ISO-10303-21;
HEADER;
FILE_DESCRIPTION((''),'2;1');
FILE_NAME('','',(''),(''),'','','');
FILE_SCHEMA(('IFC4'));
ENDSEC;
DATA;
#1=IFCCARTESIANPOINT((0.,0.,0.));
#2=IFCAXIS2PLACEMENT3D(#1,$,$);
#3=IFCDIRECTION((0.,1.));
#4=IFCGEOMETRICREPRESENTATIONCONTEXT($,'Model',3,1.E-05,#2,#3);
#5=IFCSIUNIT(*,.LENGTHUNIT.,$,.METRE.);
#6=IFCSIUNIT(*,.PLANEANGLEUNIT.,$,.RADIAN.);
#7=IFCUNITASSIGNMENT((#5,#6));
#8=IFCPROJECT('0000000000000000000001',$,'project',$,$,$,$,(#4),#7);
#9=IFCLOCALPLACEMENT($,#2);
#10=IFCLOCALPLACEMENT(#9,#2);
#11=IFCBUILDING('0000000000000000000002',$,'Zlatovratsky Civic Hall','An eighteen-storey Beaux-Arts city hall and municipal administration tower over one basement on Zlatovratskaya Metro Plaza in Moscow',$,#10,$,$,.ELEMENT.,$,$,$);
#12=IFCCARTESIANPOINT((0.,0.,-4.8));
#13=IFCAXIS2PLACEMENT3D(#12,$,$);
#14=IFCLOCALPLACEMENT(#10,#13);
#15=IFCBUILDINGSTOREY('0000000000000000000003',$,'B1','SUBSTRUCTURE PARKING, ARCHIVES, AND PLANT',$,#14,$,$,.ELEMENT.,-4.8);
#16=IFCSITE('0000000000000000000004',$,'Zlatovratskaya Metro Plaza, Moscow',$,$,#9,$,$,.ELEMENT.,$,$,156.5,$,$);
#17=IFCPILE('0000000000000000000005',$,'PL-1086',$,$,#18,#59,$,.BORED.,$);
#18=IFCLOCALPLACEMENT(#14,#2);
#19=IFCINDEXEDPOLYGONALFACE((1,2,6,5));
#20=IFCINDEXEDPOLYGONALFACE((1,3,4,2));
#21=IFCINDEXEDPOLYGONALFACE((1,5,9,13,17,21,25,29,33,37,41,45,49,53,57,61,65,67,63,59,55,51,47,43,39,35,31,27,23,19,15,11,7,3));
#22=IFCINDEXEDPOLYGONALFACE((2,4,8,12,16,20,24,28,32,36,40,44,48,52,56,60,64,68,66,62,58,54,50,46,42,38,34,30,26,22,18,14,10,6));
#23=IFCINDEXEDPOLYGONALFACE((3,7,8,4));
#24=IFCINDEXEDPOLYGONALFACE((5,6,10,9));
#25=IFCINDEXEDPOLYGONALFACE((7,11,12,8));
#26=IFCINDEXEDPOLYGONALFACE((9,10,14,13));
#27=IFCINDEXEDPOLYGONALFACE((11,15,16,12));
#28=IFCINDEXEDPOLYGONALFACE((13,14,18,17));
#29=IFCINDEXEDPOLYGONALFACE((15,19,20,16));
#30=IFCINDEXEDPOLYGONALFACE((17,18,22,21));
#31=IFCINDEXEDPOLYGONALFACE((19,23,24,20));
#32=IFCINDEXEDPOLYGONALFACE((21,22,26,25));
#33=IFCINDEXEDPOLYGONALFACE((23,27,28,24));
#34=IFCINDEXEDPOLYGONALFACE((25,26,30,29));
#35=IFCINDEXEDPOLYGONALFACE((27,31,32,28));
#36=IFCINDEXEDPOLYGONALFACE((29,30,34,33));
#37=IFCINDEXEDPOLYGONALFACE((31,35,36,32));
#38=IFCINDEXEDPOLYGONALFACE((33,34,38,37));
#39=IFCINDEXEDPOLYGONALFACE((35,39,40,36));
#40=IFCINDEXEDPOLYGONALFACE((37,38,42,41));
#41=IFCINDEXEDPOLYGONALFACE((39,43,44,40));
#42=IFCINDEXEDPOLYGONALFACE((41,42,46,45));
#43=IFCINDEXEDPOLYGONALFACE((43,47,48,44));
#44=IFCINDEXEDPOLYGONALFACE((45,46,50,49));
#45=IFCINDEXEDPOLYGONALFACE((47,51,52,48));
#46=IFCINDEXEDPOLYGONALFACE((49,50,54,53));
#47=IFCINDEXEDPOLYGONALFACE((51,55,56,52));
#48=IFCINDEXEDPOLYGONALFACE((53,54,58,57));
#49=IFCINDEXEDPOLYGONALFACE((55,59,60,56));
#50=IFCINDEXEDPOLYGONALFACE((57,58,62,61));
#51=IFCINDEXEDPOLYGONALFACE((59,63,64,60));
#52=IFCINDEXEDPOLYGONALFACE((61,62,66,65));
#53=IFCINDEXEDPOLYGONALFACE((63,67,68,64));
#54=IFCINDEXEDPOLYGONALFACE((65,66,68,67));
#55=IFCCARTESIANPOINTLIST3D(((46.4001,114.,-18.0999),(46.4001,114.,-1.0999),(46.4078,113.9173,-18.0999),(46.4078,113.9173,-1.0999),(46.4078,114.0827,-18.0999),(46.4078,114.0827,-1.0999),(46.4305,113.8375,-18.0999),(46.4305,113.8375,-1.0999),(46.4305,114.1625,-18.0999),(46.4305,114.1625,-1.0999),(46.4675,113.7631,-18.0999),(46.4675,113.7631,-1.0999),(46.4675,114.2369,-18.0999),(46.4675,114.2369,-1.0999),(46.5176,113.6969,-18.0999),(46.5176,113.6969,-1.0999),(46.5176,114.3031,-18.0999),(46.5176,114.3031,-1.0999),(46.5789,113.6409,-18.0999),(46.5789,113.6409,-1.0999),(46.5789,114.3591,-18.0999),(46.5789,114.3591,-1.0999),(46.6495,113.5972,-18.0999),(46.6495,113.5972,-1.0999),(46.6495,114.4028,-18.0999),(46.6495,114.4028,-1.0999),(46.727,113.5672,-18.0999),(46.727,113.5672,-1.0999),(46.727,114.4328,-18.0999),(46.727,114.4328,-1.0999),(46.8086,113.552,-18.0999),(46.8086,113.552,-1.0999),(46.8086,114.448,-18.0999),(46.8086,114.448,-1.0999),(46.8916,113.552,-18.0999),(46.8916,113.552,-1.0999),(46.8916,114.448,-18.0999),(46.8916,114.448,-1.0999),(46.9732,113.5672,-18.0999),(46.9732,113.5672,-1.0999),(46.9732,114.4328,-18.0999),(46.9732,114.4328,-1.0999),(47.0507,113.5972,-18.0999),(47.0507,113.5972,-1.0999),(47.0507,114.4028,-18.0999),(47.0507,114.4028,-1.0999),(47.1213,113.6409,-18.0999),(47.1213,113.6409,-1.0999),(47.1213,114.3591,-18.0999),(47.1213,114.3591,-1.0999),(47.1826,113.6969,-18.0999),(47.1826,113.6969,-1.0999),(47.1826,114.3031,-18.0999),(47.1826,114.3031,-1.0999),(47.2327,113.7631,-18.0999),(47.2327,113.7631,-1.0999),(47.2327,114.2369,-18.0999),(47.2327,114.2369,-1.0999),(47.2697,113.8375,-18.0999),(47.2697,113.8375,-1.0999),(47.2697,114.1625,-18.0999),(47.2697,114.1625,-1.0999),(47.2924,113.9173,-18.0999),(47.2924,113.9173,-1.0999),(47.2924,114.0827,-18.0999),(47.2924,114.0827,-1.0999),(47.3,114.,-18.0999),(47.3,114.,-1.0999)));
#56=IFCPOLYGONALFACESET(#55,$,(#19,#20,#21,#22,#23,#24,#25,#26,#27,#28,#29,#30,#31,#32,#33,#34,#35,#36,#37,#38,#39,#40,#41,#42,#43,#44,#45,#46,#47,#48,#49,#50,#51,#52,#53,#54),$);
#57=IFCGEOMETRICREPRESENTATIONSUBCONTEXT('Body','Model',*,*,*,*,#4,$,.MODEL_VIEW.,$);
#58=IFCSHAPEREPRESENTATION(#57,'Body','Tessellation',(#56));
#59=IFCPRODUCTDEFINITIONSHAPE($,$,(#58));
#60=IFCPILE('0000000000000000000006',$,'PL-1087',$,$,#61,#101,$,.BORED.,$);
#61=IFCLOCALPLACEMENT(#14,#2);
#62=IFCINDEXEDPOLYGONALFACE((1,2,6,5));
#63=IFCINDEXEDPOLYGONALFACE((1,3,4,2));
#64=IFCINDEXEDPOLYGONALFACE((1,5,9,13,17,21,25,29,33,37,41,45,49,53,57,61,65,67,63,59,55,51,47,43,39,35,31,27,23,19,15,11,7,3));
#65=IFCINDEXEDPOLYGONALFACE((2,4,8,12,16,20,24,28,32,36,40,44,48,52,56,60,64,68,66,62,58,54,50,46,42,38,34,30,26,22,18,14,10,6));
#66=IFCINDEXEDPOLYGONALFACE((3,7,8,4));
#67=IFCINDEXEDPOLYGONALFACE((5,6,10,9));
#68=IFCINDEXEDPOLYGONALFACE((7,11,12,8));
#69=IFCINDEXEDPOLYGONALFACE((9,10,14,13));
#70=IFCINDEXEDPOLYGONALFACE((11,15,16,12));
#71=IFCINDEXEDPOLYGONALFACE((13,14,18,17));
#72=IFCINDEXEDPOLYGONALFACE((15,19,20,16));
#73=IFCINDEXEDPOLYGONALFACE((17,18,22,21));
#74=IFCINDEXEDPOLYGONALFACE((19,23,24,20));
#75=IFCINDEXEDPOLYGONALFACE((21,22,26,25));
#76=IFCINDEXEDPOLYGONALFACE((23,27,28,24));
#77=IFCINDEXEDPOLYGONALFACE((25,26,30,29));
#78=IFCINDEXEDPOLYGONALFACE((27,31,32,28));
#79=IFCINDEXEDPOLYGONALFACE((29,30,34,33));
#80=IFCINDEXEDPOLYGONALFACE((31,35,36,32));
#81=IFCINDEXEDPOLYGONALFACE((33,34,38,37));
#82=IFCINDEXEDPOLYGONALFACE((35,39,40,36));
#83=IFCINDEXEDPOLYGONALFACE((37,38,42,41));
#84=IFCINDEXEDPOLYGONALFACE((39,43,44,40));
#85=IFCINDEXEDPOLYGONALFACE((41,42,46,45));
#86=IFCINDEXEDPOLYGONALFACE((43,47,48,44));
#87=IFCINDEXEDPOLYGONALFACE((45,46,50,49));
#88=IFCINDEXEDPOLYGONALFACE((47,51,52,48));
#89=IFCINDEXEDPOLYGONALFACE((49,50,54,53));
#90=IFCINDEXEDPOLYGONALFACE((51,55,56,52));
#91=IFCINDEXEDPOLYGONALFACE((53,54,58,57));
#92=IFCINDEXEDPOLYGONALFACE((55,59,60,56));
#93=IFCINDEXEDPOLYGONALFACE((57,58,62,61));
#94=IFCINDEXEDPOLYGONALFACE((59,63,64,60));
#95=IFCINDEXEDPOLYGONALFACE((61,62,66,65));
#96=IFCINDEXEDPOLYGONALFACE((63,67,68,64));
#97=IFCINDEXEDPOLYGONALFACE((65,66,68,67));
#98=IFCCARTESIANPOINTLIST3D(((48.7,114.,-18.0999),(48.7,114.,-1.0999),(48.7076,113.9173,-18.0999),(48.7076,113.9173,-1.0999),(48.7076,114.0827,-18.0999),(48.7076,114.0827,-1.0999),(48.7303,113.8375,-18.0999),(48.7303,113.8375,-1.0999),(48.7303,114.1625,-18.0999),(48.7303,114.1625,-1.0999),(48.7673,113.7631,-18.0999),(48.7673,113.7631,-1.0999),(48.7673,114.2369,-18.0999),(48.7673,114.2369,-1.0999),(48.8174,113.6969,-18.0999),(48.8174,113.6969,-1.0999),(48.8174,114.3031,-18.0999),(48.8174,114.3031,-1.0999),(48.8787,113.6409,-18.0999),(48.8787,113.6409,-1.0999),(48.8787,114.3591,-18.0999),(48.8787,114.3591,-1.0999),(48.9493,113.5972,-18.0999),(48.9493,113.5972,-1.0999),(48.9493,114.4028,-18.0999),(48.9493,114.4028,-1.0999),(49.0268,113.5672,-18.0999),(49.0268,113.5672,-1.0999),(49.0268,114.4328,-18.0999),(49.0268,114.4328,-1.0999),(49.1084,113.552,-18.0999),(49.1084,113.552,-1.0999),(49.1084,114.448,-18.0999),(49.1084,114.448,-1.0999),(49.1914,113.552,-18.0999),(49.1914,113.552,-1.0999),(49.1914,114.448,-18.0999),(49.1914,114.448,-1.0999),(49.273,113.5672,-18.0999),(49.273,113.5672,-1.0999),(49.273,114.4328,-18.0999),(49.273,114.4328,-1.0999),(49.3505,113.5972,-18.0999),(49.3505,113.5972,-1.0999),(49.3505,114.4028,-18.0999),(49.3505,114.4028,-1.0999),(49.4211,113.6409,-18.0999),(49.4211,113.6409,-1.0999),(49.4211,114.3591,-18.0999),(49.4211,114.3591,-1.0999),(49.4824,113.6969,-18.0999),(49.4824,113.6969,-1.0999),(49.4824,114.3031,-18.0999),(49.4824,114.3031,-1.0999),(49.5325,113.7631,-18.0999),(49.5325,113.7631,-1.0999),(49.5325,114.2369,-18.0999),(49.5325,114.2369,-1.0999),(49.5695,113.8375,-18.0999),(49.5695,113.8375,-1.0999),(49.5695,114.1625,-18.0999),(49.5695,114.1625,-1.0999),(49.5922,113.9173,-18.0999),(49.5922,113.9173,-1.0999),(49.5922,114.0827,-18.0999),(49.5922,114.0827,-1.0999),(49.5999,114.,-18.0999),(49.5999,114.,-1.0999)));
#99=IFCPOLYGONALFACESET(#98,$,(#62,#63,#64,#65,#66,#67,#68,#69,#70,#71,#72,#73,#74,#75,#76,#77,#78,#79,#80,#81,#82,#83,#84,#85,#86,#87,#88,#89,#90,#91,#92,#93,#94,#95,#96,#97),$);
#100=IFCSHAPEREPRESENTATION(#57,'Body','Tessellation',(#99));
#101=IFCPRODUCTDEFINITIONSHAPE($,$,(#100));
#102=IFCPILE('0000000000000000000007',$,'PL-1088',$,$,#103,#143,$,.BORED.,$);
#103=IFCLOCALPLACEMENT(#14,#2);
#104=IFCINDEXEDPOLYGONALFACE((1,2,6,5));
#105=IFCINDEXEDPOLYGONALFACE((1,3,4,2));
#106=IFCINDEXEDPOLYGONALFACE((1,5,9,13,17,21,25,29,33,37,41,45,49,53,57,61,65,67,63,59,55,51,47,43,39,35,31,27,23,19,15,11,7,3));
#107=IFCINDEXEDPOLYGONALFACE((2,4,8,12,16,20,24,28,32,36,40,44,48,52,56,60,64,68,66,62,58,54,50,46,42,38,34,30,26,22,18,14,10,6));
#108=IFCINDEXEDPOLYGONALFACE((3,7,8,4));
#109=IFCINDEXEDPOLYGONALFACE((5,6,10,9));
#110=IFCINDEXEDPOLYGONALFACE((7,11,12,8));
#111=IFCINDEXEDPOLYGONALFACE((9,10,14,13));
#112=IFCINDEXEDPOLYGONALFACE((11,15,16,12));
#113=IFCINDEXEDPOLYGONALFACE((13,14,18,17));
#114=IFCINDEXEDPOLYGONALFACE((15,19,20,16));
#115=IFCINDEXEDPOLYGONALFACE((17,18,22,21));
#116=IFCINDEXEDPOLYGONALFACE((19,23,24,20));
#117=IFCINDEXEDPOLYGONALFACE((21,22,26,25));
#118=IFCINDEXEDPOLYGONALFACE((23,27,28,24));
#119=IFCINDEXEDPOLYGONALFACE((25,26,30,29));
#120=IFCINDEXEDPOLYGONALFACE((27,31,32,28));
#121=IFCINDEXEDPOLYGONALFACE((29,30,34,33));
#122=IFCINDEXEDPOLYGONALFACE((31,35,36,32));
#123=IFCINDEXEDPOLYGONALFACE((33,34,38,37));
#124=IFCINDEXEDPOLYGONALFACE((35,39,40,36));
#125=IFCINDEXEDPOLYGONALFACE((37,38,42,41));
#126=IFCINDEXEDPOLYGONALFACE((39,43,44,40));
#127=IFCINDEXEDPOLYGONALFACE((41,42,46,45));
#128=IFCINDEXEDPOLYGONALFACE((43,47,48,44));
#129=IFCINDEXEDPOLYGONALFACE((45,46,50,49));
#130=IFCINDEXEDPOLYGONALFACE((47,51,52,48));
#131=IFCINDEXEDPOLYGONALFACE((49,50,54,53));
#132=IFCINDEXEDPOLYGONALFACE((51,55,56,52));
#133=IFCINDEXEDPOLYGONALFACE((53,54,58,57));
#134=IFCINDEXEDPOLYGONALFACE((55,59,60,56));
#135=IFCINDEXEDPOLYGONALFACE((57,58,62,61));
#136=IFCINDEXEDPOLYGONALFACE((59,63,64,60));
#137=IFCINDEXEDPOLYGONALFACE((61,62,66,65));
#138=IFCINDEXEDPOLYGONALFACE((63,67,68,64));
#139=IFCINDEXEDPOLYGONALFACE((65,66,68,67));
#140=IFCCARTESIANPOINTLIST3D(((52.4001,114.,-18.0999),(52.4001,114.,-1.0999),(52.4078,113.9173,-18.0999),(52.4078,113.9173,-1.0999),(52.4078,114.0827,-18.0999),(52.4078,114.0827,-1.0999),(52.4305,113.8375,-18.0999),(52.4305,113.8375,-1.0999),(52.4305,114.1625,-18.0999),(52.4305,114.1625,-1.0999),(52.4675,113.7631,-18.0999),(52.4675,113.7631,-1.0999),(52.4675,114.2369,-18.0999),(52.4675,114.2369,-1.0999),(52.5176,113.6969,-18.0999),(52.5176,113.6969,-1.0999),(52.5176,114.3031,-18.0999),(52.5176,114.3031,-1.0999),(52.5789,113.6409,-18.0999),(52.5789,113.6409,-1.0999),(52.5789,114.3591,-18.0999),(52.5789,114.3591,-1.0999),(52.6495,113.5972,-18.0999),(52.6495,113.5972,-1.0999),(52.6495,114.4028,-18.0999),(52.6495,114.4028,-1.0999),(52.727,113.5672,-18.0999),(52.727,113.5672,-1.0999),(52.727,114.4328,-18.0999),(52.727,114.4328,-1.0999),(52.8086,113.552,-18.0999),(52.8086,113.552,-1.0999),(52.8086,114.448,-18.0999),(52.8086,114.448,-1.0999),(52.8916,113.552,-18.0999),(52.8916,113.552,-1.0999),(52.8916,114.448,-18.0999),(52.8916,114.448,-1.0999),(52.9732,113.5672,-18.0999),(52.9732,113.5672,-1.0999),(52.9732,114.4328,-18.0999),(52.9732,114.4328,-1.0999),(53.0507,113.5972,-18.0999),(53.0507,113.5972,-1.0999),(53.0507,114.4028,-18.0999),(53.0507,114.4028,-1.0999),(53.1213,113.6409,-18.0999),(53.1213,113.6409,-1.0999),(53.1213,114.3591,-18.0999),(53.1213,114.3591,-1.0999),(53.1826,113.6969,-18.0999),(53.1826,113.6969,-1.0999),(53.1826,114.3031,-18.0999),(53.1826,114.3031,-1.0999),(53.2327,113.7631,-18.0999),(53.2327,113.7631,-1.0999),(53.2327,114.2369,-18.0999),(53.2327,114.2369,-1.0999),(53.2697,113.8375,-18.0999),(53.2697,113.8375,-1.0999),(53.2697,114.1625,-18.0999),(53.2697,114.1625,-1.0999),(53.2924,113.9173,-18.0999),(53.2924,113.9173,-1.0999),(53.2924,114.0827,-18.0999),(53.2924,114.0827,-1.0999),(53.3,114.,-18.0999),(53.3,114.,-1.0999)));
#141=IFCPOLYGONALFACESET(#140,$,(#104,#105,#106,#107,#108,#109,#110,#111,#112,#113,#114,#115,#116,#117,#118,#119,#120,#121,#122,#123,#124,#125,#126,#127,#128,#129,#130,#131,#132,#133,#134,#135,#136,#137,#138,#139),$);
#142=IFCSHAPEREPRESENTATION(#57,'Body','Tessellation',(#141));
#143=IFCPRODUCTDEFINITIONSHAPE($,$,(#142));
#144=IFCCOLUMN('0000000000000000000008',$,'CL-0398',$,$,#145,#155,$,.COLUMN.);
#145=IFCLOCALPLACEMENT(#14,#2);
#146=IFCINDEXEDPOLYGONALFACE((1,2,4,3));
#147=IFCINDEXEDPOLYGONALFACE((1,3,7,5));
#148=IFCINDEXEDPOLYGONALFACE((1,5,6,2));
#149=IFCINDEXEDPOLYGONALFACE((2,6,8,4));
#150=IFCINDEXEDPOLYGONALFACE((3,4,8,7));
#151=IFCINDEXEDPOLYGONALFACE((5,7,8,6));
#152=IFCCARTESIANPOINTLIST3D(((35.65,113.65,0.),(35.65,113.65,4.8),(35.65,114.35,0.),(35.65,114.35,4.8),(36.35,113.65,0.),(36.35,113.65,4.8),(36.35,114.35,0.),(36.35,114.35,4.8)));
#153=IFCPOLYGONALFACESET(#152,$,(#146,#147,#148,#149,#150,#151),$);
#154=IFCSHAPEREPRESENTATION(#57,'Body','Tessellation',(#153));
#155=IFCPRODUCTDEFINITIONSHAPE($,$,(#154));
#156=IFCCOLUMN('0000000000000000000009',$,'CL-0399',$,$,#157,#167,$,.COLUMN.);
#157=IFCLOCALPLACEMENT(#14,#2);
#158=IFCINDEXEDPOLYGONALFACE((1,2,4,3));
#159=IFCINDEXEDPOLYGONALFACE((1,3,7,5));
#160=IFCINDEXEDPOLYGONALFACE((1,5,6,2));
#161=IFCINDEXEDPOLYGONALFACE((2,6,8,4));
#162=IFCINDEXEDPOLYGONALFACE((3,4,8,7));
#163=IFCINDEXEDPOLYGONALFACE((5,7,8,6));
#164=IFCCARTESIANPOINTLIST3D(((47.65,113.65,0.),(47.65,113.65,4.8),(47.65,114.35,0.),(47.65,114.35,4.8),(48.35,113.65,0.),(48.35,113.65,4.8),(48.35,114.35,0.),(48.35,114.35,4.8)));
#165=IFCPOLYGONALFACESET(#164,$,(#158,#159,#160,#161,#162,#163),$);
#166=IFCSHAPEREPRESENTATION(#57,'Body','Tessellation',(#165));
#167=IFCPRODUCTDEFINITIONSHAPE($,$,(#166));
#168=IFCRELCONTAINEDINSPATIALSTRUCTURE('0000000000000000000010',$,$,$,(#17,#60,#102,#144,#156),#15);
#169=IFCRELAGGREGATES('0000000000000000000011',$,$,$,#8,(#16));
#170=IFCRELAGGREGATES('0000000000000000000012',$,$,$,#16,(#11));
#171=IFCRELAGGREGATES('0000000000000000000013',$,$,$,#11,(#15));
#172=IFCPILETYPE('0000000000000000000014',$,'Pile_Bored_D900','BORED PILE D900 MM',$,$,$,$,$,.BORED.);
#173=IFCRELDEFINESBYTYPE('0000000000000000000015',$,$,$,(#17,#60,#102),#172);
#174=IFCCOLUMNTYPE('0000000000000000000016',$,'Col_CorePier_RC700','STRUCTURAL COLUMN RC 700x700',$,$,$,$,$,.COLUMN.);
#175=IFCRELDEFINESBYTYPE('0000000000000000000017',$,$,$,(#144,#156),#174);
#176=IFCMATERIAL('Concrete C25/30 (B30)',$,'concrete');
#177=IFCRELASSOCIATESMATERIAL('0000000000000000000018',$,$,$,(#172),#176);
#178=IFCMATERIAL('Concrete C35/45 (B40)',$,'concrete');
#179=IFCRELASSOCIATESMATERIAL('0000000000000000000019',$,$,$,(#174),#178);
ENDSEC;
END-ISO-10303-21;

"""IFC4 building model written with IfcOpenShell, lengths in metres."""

from ifc_helpers import new_model, si_unit, direction, frame, origin, origin_2d, place, context, subcontext, project, spatial, rectangle, circle, extrude, material, material_profile, profile_set, type_object, element, save


model = new_model("IFC4")

# Units and contexts
model_context = context("Model", 3, precision=1e-05, world=origin(), true_north=direction((0.0, 1.0)))
body_context = subcontext(model_context, "Body", "Model", "MODEL_VIEW")
ifc_project = project(units=[si_unit("LENGTHUNIT", "METRE"), si_unit("PLANEANGLEUNIT", "RADIAN")], contexts=[model_context])

# Site, building, storey
site_placement = place(None, origin())
site = spatial("IfcSite", under=ifc_project, at=site_placement, Name="Zlatovratskaya Metro Plaza, Moscow", CompositionType="ELEMENT", RefElevation=156.5)
building_placement = place(site_placement, origin())
building = spatial("IfcBuilding", under=site, at=building_placement, Name="Zlatovratsky Civic Hall", Description="An eighteen-storey Beaux-Arts city hall and municipal administration tower over one basement on Zlatovratskaya Metro Plaza in Moscow", CompositionType="ELEMENT")
storey_placement = place(building_placement, frame((0.0, 0.0, -4.8)))
storey = spatial("IfcBuildingStorey", under=building, at=storey_placement, Name="B1", Description="SUBSTRUCTURE PARKING, ARCHIVES, AND PLANT", CompositionType="ELEMENT", Elevation=-4.8)

# Shared definitions
ifc_material_1 = material(Name="Concrete C25/30 (B30)", Category="concrete")

# Piles
ifc_material_profile_1 = material_profile(ifc_material_1, circle(Radius=0.45, at=origin_2d()), Name="PILE D900")
ifc_profile_set_1 = profile_set([ifc_material_profile_1], Name="Concrete C25/30 (B30)")
pile_type_1 = type_object("IfcPileType", Name="Pile_Bored_D900", Description="BORED PILE D900 MM", PredefinedType="BORED", material=ifc_profile_set_1)
for number, where, z_axis, x_axis, name in (
    (1, (46.8501, 114.0, -1.0999), (0.0, 0.0, -1.0), (1.0, 0.0, 0.0), "PL-1086"),
    (2, (49.1499, 114.0, -1.0999), (0.0, 0.0, -1.0), (1.0, 0.0, 0.0), "PL-1087"),
    (3, (52.8501, 114.0, -1.0999), (0.0, 0.0, -1.0), (1.0, 0.0, 0.0), "PL-1088"),
):
    element("IfcPile", number, at=place(storey_placement, frame(where, z_axis=z_axis, x_axis=x_axis)), inside=storey, type_object=pile_type_1, Name=name, PredefinedType="BORED", context=body_context, shape_type="SweptSolid", body=[
        extrude(circle(Radius=0.45, at=origin_2d()), origin(), (0.0, 0.0, 1.0), 17.0),
    ])

# Columns
ifc_material_2 = material(Name="Concrete C35/45 (B40)", Category="concrete")
ifc_material_profile_2 = material_profile(ifc_material_2, rectangle(XDim=0.7, YDim=0.7, at=origin_2d()), Name="RC 700x700")
ifc_profile_set_2 = profile_set([ifc_material_profile_2], Name="Concrete C35/45 (B40)")
column_type_1 = type_object("IfcColumnType", Name="Col_CorePier_RC700", Description="STRUCTURAL COLUMN RC 700x700", PredefinedType="COLUMN", material=ifc_profile_set_2)
for number, where, z_axis, x_axis, name in (
    (4, (36.0, 114.0, 0.0), (0.0, 0.0, 1.0), (1.0, 0.0, 0.0), "CL-0398"),
    (5, (48.0, 114.0, 0.0), (0.0, 0.0, 1.0), (1.0, 0.0, 0.0), "CL-0399"),
):
    element("IfcColumn", number, at=place(storey_placement, frame(where, z_axis=z_axis, x_axis=x_axis)), inside=storey, type_object=column_type_1, Name=name, PredefinedType="COLUMN", context=body_context, shape_type="SweptSolid", body=[
        extrude(rectangle(XDim=0.7, YDim=0.7, at=origin_2d()), origin(), (0.0, 0.0, 1.0), 4.8),
    ])

save(model, "model.ifc")
